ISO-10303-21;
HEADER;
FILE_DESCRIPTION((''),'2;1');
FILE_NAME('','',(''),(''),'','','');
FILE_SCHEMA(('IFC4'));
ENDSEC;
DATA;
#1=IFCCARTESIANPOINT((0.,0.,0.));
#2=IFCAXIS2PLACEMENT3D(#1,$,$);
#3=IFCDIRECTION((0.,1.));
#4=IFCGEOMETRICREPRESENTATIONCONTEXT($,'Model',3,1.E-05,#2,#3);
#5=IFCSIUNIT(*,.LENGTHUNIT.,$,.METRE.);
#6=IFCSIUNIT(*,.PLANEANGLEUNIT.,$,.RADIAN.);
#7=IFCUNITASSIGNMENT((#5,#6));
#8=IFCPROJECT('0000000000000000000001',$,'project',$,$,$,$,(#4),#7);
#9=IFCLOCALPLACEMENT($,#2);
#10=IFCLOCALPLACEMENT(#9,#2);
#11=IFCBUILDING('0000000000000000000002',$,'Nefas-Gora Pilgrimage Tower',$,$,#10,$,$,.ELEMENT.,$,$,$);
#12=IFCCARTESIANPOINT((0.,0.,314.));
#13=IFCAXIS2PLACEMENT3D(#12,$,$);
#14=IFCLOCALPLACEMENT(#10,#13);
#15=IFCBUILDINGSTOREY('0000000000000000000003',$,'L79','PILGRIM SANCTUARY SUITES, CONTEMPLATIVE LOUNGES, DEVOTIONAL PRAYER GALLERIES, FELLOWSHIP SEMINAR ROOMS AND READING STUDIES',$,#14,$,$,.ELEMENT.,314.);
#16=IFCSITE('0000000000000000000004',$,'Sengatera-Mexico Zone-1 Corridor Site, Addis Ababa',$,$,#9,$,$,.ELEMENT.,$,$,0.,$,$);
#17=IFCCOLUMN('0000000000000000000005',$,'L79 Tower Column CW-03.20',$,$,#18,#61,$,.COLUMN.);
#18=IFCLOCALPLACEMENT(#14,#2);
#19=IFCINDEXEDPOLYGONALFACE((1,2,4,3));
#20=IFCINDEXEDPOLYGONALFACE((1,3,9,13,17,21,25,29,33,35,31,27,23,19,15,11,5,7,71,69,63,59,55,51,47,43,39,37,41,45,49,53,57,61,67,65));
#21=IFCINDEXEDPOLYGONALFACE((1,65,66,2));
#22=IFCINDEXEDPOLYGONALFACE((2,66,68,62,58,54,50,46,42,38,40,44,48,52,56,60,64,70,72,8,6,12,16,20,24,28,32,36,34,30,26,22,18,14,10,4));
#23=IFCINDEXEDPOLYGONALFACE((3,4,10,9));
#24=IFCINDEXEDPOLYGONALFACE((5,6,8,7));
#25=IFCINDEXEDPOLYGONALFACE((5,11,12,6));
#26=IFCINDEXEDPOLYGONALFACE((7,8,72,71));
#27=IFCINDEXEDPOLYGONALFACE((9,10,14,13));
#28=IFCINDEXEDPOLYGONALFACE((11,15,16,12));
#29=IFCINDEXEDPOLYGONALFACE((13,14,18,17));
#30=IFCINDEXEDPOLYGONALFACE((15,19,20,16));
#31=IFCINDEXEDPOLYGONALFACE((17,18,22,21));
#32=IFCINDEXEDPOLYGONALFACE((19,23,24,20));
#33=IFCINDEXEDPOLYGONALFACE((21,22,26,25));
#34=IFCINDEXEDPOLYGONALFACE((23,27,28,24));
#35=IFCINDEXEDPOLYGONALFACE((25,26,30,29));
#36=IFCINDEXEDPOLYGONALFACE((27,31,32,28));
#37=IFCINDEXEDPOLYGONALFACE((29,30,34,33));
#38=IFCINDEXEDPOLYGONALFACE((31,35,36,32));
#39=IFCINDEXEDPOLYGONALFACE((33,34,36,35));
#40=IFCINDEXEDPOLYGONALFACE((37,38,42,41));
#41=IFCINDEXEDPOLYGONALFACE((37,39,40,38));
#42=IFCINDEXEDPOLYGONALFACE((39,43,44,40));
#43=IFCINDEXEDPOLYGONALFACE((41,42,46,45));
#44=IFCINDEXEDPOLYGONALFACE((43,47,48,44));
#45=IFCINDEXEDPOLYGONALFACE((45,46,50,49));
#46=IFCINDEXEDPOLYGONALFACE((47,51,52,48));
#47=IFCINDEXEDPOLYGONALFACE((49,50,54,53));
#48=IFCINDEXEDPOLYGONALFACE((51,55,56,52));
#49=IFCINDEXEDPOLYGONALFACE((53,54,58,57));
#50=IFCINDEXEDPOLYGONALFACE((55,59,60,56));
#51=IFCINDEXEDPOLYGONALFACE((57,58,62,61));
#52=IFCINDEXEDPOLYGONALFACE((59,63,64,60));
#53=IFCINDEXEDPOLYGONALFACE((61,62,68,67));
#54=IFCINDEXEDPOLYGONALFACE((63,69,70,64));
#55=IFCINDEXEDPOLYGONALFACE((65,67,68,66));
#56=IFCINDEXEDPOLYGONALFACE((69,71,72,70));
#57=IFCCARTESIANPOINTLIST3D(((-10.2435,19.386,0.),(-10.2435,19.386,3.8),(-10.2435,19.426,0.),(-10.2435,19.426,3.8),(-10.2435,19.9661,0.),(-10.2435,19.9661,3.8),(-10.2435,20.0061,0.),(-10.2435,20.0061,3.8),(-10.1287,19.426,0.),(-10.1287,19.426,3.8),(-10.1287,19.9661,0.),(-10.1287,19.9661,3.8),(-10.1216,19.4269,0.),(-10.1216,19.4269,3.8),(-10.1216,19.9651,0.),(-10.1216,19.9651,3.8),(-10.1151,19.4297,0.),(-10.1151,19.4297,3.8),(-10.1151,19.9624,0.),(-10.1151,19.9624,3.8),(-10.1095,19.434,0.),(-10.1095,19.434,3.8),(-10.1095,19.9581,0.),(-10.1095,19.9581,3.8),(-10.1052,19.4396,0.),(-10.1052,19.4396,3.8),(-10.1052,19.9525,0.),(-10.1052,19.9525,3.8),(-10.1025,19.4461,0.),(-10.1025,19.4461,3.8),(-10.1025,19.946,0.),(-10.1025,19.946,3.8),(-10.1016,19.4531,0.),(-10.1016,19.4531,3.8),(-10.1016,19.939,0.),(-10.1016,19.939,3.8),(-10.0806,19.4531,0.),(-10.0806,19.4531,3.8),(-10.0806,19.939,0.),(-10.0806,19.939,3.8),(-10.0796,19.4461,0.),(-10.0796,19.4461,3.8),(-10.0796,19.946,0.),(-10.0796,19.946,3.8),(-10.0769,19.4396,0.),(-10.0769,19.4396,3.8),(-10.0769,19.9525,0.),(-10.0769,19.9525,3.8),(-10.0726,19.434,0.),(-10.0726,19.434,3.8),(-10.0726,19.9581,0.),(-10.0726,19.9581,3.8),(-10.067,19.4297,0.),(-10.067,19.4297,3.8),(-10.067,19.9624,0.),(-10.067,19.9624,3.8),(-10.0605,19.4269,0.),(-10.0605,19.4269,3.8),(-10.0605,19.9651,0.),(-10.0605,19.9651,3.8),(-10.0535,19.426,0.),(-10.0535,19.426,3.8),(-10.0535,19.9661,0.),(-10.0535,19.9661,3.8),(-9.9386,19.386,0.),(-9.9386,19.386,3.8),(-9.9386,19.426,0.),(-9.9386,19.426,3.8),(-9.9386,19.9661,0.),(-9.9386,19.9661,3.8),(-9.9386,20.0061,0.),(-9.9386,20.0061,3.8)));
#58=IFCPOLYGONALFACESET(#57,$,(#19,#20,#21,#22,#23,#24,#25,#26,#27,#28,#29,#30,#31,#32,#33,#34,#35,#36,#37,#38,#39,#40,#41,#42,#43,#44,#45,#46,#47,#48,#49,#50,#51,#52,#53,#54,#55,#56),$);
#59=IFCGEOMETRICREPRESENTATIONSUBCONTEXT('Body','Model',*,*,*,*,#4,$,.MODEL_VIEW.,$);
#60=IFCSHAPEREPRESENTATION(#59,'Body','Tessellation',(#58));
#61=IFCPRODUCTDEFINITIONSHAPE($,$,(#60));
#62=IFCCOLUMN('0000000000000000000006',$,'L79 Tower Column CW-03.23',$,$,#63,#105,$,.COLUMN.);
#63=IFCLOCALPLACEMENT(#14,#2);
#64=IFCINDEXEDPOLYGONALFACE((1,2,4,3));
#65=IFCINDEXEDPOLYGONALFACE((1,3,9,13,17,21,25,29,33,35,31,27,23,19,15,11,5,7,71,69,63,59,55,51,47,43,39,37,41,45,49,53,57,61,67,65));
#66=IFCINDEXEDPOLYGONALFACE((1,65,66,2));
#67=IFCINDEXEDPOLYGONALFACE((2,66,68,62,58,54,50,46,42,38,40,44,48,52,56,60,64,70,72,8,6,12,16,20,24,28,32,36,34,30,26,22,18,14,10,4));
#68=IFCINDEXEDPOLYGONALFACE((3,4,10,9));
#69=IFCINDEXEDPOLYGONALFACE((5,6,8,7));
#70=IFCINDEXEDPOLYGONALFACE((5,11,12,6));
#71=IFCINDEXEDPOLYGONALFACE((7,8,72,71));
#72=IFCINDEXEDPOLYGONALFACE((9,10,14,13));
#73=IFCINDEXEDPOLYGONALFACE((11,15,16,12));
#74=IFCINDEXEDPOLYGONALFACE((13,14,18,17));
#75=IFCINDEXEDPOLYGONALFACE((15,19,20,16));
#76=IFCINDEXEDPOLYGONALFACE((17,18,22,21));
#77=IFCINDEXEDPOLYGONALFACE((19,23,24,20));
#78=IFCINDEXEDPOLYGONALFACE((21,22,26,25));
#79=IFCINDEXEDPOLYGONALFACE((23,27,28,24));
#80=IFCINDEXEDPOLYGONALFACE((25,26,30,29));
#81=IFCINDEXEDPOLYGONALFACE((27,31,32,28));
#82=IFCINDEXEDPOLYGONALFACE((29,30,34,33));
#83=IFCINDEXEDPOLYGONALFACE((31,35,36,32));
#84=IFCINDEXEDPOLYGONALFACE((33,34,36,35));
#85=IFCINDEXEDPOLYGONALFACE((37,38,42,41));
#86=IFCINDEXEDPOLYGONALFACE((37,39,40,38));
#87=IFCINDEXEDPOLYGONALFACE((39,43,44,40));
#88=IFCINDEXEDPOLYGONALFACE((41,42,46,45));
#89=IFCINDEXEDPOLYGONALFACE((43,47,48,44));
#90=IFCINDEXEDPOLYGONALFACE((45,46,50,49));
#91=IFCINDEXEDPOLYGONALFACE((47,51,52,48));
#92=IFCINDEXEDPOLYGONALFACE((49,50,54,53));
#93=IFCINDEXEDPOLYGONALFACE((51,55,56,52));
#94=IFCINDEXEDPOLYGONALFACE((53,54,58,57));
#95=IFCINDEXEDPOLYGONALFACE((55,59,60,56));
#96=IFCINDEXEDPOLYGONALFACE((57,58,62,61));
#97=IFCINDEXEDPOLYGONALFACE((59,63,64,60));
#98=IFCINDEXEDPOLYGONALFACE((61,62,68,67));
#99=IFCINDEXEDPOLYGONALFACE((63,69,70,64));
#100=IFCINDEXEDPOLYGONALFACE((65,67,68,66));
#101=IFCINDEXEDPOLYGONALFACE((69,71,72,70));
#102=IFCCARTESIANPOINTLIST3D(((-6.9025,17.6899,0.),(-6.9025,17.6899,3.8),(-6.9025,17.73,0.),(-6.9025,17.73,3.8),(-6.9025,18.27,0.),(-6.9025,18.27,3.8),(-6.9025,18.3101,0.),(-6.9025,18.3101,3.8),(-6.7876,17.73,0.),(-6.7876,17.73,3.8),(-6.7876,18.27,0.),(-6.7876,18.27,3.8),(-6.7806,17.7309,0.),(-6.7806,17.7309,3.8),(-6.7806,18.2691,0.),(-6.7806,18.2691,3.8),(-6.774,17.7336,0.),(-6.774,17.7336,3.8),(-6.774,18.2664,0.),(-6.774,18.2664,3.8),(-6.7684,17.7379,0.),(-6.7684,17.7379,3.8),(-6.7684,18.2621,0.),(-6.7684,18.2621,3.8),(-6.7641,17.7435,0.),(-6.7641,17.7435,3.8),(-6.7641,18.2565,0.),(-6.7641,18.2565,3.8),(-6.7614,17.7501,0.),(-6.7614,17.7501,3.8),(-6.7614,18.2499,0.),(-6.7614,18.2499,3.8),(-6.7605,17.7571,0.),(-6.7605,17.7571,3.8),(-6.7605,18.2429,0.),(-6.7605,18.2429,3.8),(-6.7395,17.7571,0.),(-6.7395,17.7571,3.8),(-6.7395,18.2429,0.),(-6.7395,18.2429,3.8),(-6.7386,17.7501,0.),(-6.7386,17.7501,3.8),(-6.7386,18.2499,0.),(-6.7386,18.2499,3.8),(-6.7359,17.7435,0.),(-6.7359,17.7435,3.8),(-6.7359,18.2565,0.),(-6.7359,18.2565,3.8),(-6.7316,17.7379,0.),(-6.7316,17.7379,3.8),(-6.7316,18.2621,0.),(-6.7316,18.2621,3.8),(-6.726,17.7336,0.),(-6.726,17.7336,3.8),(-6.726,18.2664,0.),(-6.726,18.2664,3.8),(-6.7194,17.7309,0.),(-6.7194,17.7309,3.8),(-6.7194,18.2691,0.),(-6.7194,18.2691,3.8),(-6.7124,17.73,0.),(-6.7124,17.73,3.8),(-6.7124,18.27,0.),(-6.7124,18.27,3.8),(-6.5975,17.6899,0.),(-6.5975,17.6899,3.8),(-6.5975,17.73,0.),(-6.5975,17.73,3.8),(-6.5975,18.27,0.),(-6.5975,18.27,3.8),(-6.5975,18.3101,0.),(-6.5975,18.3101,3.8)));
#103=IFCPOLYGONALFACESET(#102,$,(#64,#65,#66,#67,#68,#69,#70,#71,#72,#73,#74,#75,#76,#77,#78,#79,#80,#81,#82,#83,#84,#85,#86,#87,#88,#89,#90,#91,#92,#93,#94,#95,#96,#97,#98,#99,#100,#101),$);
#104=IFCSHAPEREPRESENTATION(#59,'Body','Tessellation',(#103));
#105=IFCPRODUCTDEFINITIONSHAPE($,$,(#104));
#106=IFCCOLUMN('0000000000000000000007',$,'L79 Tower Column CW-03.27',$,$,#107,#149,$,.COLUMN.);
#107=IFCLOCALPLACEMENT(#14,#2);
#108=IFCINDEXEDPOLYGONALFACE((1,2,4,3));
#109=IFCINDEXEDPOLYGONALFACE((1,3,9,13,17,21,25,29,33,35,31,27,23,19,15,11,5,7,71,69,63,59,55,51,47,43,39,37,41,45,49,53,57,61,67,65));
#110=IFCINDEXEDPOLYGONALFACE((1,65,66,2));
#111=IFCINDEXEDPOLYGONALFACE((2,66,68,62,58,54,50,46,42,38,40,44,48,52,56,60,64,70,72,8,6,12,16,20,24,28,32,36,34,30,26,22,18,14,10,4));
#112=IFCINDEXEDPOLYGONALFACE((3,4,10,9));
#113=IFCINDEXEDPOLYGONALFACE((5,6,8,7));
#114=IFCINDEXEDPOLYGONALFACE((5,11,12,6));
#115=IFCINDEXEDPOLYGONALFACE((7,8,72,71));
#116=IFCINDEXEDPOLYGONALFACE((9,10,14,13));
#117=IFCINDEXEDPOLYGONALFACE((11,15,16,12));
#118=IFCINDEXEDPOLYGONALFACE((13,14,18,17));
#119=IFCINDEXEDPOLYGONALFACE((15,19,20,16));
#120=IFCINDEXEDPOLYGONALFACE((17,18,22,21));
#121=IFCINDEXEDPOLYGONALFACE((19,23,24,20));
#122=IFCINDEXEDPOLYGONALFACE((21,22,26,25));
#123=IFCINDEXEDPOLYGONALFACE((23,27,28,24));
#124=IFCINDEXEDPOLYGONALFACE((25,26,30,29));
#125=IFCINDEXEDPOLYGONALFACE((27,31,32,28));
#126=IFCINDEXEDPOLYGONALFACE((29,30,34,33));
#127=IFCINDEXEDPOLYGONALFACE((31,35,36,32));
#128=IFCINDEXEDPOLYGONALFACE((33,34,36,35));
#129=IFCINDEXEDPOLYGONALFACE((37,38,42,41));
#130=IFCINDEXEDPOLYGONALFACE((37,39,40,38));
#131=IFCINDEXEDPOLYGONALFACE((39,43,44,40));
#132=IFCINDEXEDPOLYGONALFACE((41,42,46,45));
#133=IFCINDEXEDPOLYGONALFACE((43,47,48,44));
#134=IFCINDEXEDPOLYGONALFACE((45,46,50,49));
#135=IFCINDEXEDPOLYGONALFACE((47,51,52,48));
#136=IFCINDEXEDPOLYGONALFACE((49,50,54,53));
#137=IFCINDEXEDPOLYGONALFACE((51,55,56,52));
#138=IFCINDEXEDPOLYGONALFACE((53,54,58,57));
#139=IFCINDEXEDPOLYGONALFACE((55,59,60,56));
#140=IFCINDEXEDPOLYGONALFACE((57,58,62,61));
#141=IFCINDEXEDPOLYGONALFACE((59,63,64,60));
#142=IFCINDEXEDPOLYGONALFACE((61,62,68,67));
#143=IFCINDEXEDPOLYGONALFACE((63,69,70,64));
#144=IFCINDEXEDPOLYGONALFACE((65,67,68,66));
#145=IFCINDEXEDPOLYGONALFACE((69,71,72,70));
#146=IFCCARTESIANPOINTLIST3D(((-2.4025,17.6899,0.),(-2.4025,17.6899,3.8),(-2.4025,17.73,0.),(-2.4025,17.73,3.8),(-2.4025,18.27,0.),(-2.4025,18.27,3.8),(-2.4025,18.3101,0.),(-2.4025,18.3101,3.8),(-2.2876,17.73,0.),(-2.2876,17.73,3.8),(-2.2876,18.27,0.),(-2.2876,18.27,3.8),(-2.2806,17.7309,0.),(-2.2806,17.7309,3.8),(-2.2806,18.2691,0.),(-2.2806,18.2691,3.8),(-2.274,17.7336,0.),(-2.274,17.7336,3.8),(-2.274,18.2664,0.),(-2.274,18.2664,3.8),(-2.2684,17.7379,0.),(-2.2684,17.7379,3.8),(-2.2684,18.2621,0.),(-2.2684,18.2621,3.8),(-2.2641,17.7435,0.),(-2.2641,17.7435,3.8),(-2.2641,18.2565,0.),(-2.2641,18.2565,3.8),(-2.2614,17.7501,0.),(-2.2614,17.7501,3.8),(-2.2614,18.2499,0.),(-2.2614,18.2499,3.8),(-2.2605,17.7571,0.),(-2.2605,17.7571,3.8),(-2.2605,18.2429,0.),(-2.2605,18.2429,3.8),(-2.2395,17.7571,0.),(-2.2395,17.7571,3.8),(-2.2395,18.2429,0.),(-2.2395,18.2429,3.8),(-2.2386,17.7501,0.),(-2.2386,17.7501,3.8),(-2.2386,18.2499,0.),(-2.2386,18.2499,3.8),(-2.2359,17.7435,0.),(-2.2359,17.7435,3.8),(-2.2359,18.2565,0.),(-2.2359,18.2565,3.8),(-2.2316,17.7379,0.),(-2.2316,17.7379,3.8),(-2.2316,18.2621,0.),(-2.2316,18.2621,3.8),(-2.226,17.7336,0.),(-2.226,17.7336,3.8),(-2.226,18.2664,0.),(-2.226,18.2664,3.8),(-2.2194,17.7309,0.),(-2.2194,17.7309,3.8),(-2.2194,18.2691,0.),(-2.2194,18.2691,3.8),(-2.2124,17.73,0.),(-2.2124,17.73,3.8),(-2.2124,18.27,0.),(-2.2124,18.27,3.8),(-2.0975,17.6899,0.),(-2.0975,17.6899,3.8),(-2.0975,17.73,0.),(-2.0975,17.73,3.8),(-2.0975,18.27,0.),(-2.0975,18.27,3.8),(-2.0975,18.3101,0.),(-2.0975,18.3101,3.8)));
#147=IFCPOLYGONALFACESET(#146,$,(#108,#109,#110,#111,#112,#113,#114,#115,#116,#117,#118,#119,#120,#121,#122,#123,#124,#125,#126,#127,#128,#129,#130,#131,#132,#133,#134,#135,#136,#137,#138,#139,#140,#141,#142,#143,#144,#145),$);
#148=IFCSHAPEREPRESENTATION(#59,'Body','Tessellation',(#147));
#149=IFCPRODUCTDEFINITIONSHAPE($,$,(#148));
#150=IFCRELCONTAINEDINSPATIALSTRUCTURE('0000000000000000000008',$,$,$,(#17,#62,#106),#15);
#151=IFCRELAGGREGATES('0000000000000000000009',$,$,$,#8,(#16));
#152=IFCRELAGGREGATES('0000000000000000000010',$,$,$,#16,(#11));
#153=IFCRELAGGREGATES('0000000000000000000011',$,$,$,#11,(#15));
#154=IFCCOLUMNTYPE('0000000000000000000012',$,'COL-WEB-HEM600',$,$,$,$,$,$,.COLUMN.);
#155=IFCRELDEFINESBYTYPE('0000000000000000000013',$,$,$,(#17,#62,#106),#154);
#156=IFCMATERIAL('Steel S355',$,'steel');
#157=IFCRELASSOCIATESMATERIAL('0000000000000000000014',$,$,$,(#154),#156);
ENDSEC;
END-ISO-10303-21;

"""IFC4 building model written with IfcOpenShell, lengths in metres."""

from ifc_helpers import new_model, si_unit, direction, frame, origin, origin_2d, place, context, subcontext, project, spatial, i_section, extrude, source, transform, mapped, material, material_profile, profile_set, type_object, element, save


model = new_model("IFC4")

# Units and contexts
model_context = context("Model", 3, precision=1e-05, world=origin(), true_north=direction((0.0, 1.0)))
body_context = subcontext(model_context, "Body", "Model", "MODEL_VIEW")
ifc_project = project(units=[si_unit("LENGTHUNIT", "METRE"), si_unit("PLANEANGLEUNIT", "RADIAN")], contexts=[model_context])

# Site, building, storey
site_placement = place(None, origin())
site = spatial("IfcSite", under=ifc_project, at=site_placement, Name="Sengatera-Mexico Zone-1 Corridor Site, Addis Ababa", CompositionType="ELEMENT", RefElevation=0.0)
building_placement = place(site_placement, origin())
building = spatial("IfcBuilding", under=site, at=building_placement, Name="Nefas-Gora Pilgrimage Tower", CompositionType="ELEMENT")
storey_placement = place(building_placement, frame((0.0, 0.0, 314.0)))
storey = spatial("IfcBuildingStorey", under=building, at=storey_placement, Name="L79", Description="PILGRIM SANCTUARY SUITES, CONTEMPLATIVE LOUNGES, DEVOTIONAL PRAYER GALLERIES, FELLOWSHIP SEMINAR ROOMS AND READING STUDIES", CompositionType="ELEMENT", Elevation=314.0)

# Columns
ifc_material_1 = material(Name="Steel S355", Category="steel")
ifc_material_profile_1 = material_profile(ifc_material_1, i_section(OverallWidth=0.3049, OverallDepth=0.6201, WebThickness=0.021, FlangeThickness=0.04, FilletRadius=0.0271, at=origin_2d()), Name="HEM 600")
ifc_profile_set_1 = profile_set([ifc_material_profile_1], Name="Steel S355")
column_type_1 = type_object("IfcColumnType", Name="COL-WEB-HEM600", PredefinedType="COLUMN", material=ifc_profile_set_1)
shared_shape_1 = source(origin(), body_context, "Body", "SweptSolid", [
    extrude(i_section(OverallWidth=0.3049, OverallDepth=0.6201, WebThickness=0.021, FlangeThickness=0.04, FilletRadius=0.0271, at=origin_2d()), origin(), (0.0, 0.0, 1.0), 3.8),
])
for number, where, z_axis, x_axis, name in (
    (1, (-10.0911, 19.696, 0.0), (0.0, 0.0, 1.0), (1.0, 0.0, 0.0), "L79 Tower Column CW-03.20"),
    (2, (-6.75, 18.0, 0.0), (0.0, 0.0, 1.0), (1.0, 0.0, 0.0), "L79 Tower Column CW-03.23"),
    (3, (-2.25, 18.0, 0.0), (0.0, 0.0, 1.0), (1.0, 0.0, 0.0), "L79 Tower Column CW-03.27"),
):
    element("IfcColumn", number, at=place(storey_placement, frame(where, z_axis=z_axis, x_axis=x_axis)), inside=storey, type_object=column_type_1, Name=name, PredefinedType="COLUMN", context=body_context, shape_type="MappedRepresentation", body=[
        mapped(shared_shape_1, transform((0.0, 0.0, 0.0), x_axis=(1.0, 0.0, 0.0), y_axis=(0.0, 1.0, 0.0), z_axis=(0.0, 0.0, 1.0), scale=1.0)),
    ])

save(model, "model.ifc")
